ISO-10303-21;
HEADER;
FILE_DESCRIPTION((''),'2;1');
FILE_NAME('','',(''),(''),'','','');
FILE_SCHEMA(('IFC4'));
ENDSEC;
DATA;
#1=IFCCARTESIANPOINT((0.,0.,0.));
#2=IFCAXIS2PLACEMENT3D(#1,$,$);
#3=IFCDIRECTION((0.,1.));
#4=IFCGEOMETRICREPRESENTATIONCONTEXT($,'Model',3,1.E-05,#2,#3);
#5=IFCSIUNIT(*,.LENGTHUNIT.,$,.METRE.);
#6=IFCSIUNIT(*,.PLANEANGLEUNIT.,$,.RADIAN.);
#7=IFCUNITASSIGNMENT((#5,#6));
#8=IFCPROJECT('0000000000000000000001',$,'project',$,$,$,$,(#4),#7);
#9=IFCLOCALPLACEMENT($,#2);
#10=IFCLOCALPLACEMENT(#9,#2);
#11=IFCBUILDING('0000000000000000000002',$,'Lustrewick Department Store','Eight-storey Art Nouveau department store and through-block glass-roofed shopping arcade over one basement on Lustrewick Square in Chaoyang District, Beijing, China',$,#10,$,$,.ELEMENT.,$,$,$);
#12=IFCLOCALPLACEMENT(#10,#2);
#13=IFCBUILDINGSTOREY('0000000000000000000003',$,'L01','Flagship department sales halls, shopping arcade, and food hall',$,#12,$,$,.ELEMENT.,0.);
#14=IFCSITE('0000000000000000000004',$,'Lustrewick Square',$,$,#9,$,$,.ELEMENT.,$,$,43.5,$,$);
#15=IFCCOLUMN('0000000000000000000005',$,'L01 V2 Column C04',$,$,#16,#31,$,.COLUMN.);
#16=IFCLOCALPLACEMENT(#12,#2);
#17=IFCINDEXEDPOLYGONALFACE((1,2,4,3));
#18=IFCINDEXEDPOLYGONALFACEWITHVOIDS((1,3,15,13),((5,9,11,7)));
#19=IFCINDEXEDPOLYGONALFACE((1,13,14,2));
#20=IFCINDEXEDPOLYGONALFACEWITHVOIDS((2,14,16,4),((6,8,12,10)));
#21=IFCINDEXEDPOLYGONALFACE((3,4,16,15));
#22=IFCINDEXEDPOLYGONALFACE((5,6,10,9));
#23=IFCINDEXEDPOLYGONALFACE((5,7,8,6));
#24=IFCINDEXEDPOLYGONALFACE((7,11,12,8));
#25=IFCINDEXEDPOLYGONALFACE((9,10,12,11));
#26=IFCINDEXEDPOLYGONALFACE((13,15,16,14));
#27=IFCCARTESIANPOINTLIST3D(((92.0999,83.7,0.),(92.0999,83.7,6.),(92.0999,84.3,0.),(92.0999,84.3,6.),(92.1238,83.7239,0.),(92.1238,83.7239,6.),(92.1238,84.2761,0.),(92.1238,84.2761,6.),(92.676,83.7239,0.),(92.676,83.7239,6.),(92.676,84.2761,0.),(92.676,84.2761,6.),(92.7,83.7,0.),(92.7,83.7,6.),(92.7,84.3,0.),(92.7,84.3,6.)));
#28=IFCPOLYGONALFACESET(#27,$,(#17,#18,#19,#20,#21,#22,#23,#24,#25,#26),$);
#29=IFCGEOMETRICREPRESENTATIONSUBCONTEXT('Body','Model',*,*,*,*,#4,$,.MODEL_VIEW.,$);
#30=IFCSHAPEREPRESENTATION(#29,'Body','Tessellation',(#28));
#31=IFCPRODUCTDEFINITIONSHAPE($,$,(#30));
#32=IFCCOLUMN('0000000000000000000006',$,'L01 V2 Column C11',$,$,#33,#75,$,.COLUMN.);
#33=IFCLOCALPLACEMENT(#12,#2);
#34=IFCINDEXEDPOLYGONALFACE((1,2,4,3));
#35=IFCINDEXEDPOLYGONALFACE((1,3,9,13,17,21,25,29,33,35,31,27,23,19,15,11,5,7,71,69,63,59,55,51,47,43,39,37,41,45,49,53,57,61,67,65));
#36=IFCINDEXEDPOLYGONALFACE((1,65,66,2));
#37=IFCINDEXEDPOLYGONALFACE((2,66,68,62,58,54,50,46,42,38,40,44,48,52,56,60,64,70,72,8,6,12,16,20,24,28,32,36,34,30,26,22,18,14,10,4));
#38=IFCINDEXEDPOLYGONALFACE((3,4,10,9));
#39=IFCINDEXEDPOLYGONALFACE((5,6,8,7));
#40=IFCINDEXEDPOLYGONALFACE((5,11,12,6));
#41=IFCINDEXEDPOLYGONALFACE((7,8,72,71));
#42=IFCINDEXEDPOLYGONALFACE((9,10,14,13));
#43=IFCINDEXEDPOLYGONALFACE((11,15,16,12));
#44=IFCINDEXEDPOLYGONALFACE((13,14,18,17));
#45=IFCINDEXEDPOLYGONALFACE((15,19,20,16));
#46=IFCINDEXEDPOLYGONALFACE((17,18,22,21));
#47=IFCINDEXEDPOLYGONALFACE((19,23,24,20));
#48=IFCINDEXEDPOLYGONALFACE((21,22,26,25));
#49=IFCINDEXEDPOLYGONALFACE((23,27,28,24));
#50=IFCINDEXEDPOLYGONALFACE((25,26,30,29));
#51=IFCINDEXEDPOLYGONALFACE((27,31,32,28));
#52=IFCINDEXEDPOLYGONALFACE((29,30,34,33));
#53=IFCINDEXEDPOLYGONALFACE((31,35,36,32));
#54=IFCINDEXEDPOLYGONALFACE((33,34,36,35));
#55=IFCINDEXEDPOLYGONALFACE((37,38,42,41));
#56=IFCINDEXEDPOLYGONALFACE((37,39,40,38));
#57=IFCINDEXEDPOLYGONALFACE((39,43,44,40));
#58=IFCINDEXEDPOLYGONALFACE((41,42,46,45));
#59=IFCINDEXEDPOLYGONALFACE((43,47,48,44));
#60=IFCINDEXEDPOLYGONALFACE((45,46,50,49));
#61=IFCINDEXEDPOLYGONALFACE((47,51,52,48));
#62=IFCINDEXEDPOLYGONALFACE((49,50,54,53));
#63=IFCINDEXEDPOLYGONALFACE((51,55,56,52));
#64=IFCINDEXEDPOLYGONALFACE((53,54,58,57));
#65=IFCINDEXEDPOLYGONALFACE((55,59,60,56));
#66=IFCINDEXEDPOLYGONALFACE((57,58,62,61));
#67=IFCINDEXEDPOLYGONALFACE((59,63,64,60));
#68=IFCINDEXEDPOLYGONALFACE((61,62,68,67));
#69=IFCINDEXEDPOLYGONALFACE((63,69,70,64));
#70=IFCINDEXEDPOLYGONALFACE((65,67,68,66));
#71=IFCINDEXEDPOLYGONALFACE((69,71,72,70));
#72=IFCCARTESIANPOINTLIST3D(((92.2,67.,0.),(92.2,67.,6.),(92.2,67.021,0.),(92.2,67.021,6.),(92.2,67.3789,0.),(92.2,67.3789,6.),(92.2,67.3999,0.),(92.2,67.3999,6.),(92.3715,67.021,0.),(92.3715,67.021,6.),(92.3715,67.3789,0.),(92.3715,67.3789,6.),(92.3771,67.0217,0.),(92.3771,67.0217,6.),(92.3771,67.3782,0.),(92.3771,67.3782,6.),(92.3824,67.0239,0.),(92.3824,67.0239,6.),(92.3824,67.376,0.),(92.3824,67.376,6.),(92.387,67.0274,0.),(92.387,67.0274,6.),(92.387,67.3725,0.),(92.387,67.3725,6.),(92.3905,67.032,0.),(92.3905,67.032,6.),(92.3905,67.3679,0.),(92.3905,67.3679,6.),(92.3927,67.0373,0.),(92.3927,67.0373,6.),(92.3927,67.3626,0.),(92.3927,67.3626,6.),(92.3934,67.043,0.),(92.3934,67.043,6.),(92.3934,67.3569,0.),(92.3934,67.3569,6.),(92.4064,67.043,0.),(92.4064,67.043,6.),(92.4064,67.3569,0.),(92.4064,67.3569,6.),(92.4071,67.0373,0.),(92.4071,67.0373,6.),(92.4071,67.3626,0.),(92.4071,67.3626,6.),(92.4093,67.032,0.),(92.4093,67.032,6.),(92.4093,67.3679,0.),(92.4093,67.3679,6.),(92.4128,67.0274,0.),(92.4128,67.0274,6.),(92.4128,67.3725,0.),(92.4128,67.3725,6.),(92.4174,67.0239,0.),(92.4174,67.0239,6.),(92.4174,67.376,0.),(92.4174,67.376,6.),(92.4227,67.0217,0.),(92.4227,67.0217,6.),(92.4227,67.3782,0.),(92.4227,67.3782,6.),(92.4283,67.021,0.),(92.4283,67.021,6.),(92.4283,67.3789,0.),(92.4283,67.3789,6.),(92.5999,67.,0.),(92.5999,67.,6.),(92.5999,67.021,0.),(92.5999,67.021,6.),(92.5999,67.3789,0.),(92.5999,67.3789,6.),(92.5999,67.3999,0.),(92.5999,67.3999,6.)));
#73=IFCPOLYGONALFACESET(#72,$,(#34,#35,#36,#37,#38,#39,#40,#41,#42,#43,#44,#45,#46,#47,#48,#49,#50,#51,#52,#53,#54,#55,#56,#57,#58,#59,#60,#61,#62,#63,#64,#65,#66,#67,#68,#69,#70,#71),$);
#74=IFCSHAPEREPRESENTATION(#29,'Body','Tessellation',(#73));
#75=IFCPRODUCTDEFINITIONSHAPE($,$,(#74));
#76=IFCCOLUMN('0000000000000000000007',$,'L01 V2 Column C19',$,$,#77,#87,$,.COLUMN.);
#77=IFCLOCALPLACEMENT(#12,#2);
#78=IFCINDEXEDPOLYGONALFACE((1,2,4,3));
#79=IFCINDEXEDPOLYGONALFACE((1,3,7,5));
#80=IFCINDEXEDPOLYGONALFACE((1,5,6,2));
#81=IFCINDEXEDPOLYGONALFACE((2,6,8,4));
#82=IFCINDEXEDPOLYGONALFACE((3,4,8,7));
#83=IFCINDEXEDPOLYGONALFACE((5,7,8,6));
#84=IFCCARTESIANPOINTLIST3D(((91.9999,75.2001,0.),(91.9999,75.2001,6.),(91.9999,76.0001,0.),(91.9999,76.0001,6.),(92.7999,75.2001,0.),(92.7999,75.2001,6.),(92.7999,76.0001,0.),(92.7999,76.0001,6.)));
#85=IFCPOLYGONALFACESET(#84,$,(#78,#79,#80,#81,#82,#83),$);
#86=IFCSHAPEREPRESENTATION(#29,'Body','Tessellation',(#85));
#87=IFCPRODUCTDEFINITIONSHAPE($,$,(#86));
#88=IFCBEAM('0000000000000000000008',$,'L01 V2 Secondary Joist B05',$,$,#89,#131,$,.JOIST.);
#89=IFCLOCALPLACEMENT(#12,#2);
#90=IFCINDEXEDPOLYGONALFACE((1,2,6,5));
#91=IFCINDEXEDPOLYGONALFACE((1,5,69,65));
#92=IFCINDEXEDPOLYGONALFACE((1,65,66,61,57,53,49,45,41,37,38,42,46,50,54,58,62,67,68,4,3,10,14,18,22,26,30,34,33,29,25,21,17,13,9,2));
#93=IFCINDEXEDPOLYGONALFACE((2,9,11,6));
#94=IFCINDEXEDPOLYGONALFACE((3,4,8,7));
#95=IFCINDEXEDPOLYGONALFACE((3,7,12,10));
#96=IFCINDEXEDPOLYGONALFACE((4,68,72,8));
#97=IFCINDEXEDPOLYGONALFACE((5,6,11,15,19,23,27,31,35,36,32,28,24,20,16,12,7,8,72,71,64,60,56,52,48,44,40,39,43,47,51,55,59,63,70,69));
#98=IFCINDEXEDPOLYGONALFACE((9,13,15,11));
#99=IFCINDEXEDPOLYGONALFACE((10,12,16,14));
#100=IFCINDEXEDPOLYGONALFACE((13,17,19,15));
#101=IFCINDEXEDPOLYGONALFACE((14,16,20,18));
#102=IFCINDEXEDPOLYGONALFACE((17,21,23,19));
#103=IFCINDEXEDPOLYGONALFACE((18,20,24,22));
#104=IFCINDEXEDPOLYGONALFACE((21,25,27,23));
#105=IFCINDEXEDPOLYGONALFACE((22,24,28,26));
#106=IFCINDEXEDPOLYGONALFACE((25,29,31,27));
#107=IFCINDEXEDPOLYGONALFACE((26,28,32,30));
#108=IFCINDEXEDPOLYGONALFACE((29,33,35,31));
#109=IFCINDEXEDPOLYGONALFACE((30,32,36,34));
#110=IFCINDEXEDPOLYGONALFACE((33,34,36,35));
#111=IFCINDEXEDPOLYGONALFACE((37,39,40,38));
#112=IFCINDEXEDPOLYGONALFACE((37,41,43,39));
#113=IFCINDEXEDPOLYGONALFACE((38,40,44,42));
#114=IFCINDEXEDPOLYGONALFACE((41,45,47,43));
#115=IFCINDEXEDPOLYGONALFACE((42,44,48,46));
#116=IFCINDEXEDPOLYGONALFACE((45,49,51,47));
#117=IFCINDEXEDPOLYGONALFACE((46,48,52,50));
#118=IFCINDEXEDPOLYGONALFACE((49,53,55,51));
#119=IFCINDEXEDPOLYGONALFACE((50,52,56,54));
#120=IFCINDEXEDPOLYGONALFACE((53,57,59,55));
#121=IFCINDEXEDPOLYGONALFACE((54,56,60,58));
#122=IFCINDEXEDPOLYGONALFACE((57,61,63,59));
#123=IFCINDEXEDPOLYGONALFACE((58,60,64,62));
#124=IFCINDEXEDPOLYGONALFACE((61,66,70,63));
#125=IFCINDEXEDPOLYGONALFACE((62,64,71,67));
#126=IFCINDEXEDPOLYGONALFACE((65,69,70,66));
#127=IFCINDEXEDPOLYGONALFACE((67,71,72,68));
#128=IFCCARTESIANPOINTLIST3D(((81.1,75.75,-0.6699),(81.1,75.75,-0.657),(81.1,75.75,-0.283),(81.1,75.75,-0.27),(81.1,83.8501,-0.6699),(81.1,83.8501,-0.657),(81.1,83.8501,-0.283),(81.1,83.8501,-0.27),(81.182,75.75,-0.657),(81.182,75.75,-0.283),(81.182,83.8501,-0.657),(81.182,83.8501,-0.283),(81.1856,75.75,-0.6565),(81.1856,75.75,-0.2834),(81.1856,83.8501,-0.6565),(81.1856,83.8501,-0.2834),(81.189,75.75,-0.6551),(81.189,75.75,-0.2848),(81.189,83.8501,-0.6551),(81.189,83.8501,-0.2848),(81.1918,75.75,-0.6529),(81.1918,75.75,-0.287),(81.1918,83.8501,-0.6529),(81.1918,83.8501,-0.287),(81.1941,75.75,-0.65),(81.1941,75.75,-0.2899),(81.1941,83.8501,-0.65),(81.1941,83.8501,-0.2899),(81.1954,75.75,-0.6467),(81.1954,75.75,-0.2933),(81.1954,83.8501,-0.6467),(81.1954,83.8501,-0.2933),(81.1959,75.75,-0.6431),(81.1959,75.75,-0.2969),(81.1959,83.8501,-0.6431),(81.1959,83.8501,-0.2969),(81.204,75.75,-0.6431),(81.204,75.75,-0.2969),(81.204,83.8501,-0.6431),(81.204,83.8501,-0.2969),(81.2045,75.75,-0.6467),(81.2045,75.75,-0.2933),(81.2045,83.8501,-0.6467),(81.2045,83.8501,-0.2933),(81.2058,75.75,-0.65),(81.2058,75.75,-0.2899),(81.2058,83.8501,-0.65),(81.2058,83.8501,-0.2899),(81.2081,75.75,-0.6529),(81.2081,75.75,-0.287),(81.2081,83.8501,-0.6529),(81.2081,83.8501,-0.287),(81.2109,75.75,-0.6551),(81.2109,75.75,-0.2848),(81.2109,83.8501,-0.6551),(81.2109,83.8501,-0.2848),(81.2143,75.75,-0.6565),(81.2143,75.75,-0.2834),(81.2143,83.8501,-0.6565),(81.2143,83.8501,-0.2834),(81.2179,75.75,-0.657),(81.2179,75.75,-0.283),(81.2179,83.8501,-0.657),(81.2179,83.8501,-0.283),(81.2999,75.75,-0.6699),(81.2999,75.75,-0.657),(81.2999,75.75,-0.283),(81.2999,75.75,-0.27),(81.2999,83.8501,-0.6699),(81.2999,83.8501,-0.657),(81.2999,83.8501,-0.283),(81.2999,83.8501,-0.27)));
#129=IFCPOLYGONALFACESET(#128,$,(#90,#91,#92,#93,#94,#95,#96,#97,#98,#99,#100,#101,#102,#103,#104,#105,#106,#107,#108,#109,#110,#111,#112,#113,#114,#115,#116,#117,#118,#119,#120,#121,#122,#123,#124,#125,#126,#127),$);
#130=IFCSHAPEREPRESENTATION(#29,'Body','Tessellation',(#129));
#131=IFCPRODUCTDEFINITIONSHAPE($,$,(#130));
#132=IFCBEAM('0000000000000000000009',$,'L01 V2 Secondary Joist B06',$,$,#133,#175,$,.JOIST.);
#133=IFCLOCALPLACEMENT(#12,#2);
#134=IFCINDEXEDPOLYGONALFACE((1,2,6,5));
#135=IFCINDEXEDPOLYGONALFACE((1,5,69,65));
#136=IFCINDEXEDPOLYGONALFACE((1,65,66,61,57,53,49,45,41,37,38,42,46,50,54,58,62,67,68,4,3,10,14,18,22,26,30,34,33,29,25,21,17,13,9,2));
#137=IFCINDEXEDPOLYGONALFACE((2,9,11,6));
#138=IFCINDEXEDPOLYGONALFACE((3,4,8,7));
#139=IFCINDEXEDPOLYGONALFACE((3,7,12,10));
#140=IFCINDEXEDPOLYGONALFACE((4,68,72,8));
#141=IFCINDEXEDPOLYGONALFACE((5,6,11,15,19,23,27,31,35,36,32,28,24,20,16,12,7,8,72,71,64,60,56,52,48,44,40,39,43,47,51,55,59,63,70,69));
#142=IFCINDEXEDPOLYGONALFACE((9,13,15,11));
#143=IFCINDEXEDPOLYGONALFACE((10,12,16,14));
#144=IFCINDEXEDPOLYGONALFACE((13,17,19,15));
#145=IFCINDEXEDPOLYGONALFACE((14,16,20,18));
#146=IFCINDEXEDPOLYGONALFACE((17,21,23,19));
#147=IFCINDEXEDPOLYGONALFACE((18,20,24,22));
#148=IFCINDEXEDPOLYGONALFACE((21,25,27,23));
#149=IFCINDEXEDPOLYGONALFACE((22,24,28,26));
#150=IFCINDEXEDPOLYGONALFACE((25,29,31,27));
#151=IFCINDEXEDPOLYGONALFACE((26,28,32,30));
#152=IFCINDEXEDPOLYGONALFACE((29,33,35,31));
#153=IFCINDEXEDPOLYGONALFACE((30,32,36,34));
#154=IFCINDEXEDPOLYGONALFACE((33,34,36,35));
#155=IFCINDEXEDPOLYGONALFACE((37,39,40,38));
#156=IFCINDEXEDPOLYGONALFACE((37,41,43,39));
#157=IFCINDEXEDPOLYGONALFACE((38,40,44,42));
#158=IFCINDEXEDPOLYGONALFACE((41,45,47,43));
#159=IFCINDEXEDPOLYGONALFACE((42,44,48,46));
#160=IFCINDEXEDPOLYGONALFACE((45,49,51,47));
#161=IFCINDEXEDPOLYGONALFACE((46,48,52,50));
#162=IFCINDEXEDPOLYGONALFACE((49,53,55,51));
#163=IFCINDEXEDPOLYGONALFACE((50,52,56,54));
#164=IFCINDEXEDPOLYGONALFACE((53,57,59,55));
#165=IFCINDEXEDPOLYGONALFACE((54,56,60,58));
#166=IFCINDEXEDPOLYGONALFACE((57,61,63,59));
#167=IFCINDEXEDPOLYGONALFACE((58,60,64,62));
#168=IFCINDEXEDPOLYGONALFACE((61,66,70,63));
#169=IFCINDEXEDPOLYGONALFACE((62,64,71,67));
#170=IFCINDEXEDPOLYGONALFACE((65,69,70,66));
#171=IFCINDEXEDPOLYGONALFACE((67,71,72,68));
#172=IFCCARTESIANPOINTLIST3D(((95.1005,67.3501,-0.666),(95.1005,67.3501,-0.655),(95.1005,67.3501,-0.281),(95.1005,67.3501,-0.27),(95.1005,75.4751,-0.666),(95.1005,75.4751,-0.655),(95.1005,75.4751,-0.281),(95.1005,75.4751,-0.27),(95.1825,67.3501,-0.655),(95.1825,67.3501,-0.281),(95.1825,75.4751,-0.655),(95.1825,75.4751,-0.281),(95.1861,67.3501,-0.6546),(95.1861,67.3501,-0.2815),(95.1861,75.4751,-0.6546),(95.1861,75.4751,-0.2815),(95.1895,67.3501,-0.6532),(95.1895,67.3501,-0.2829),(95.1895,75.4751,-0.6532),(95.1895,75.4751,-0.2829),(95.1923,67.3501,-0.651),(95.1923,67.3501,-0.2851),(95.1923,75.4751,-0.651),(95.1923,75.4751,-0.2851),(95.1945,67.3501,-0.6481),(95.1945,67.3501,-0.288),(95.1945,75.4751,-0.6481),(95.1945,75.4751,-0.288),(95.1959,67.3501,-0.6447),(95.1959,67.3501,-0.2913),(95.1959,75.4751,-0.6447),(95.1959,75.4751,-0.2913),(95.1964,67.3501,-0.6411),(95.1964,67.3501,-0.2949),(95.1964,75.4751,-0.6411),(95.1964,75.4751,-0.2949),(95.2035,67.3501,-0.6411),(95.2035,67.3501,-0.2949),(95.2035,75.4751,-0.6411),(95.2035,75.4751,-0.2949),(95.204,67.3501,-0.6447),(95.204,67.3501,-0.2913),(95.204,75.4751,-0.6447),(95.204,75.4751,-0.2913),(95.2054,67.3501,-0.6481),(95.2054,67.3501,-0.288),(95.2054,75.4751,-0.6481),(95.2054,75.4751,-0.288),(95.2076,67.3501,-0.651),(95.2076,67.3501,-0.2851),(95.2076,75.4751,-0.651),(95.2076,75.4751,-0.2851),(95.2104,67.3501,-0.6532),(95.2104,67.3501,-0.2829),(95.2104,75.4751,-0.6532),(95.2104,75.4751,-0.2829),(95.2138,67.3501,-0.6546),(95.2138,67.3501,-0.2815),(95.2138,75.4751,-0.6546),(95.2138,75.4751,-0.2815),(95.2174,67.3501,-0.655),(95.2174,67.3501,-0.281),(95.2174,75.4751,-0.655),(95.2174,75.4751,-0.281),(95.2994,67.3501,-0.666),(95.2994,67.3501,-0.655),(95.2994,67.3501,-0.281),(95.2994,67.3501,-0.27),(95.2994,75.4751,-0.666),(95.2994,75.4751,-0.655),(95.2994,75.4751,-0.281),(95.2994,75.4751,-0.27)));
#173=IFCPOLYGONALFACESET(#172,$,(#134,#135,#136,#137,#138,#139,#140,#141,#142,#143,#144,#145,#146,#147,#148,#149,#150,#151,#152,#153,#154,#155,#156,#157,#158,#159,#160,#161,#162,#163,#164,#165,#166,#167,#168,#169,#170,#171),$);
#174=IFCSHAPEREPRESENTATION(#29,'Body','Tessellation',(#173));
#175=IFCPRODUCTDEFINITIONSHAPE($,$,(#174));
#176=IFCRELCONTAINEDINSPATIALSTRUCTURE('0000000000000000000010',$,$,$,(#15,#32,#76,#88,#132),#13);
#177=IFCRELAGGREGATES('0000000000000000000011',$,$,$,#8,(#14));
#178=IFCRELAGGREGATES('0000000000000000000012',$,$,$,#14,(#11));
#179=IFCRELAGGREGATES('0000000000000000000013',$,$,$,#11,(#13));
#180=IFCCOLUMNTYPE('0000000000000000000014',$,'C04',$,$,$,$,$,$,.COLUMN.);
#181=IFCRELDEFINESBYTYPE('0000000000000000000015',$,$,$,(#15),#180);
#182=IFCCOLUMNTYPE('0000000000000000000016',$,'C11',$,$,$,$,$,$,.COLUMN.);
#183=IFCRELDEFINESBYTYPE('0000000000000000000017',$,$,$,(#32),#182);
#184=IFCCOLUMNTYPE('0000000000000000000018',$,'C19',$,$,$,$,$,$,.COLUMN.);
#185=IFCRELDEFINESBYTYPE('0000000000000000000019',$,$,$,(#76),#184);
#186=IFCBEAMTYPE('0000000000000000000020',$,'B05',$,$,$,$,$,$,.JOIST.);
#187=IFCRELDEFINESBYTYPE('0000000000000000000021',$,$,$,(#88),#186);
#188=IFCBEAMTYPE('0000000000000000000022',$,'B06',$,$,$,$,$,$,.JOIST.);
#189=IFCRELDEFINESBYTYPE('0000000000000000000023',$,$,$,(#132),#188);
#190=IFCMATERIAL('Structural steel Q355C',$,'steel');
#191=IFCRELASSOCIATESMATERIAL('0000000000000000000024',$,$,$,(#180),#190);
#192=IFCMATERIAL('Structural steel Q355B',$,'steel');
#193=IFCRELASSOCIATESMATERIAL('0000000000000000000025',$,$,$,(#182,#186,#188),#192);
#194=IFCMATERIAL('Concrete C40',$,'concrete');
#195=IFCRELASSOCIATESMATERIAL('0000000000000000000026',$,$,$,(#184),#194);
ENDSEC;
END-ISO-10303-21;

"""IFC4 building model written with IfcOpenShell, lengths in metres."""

from ifc_helpers import new_model, si_unit, direction, frame, origin, origin_2d, place, context, subcontext, project, spatial, rectangle, hollow_rectangle, i_section, extrude, material, material_profile, profile_set, type_object, element, save


model = new_model("IFC4")

# Units and contexts
model_context = context("Model", 3, precision=1e-05, world=origin(), true_north=direction((0.0, 1.0)))
body_context = subcontext(model_context, "Body", "Model", "MODEL_VIEW")
ifc_project = project(units=[si_unit("LENGTHUNIT", "METRE"), si_unit("PLANEANGLEUNIT", "RADIAN")], contexts=[model_context])

# Site, building, storey
site_placement = place(None, origin())
site = spatial("IfcSite", under=ifc_project, at=site_placement, Name="Lustrewick Square", CompositionType="ELEMENT", RefElevation=43.5)
building_placement = place(site_placement, origin())
building = spatial("IfcBuilding", under=site, at=building_placement, Name="Lustrewick Department Store", Description="Eight-storey Art Nouveau department store and through-block glass-roofed shopping arcade over one basement on Lustrewick Square in Chaoyang District, Beijing, China", CompositionType="ELEMENT")
storey_placement = place(building_placement, origin())
storey = spatial("IfcBuildingStorey", under=building, at=storey_placement, Name="L01", Description="Flagship department sales halls, shopping arcade, and food hall", CompositionType="ELEMENT", Elevation=0.0)

# Columns
ifc_material_1 = material(Name="Structural steel Q355C", Category="steel")
ifc_material_profile_1 = material_profile(ifc_material_1, hollow_rectangle(XDim=0.6001, YDim=0.6001, WallThickness=0.0239, at=origin_2d()), Name="BOX 600x600x24")
ifc_profile_set_1 = profile_set([ifc_material_profile_1], Name="Structural steel Q355C")
column_type_1 = type_object("IfcColumnType", Name="C04", PredefinedType="COLUMN", material=ifc_profile_set_1)
column_1_placement = place(storey_placement, frame((92.3999, 84.0, 0.0), z_axis=(0.0, 0.0, 1.0), x_axis=(1.0, 0.0, 0.0)))
element("IfcColumn", 1, at=column_1_placement, inside=storey, type_object=column_type_1, Name="L01 V2 Column C04", PredefinedType="COLUMN", context=body_context, shape_type="SweptSolid", body=[
    extrude(hollow_rectangle(XDim=0.6001, YDim=0.6001, WallThickness=0.0239, at=origin_2d()), origin(), (0.0, 0.0, 1.0), 6.0),
])
ifc_material_2 = material(Name="Structural steel Q355B", Category="steel")
ifc_material_profile_2 = material_profile(ifc_material_2, i_section(OverallWidth=0.3999, OverallDepth=0.3999, WebThickness=0.0129, FlangeThickness=0.021, FilletRadius=0.022, at=origin_2d()), Name="HW 400x400x13x21")
ifc_profile_set_2 = profile_set([ifc_material_profile_2], Name="Structural steel Q355B")
column_type_2 = type_object("IfcColumnType", Name="C11", PredefinedType="COLUMN", material=ifc_profile_set_2)
column_2_placement = place(storey_placement, frame((92.3999, 67.2, 0.0), z_axis=(0.0, 0.0, 1.0), x_axis=(1.0, 0.0, 0.0)))
element("IfcColumn", 2, at=column_2_placement, inside=storey, type_object=column_type_2, Name="L01 V2 Column C11", PredefinedType="COLUMN", context=body_context, shape_type="SweptSolid", body=[
    extrude(i_section(OverallWidth=0.3999, OverallDepth=0.3999, WebThickness=0.0129, FlangeThickness=0.021, FilletRadius=0.022, at=origin_2d()), origin(), (0.0, 0.0, 1.0), 6.0),
])
ifc_material_3 = material(Name="Concrete C40", Category="concrete")
ifc_material_profile_3 = material_profile(ifc_material_3, rectangle(XDim=0.8, YDim=0.8, at=origin_2d()), Name="RC 800x800")
ifc_profile_set_3 = profile_set([ifc_material_profile_3], Name="Concrete C40")
column_type_3 = type_object("IfcColumnType", Name="C19", PredefinedType="COLUMN", material=ifc_profile_set_3)
column_3_placement = place(storey_placement, frame((92.3999, 75.6001, 0.0), z_axis=(0.0, 0.0, 1.0), x_axis=(1.0, 0.0, 0.0)))
element("IfcColumn", 3, at=column_3_placement, inside=storey, type_object=column_type_3, Name="L01 V2 Column C19", PredefinedType="COLUMN", context=body_context, shape_type="SweptSolid", body=[
    extrude(rectangle(XDim=0.8, YDim=0.8, at=origin_2d()), origin(), (0.0, 0.0, 1.0), 6.0),
])

# Beams
ifc_material_profile_4 = material_profile(ifc_material_2, i_section(OverallWidth=0.2, OverallDepth=0.3999, WebThickness=0.0081, FlangeThickness=0.0129, FilletRadius=0.0139, at=origin_2d()), Name="HN 400x200x8x13")
ifc_profile_set_4 = profile_set([ifc_material_profile_4], Name="Structural steel Q355B")
beam_type_1 = type_object("IfcBeamType", Name="B05", PredefinedType="JOIST", material=ifc_profile_set_4)
beam_1_placement = place(storey_placement, frame((81.2, 75.75, -0.47), z_axis=(0.0, 1.0, 0.0), x_axis=(-1.0, 0.0, 0.0)))
element("IfcBeam", 4, at=beam_1_placement, inside=storey, type_object=beam_type_1, Name="L01 V2 Secondary Joist B05", PredefinedType="JOIST", context=body_context, shape_type="SweptSolid", body=[
    extrude(i_section(OverallWidth=0.2, OverallDepth=0.3999, WebThickness=0.0081, FlangeThickness=0.0129, FilletRadius=0.0139, at=origin_2d()), origin(), (0.0, 0.0, 1.0), 8.1001),
])
ifc_material_profile_5 = material_profile(ifc_material_2, i_section(OverallWidth=0.199, OverallDepth=0.396, WebThickness=0.0071, FlangeThickness=0.011, FilletRadius=0.0139, at=origin_2d()), Name="HN 396x199x7x11")
ifc_profile_set_5 = profile_set([ifc_material_profile_5], Name="Structural steel Q355B")
beam_type_2 = type_object("IfcBeamType", Name="B06", PredefinedType="JOIST", material=ifc_profile_set_5)
beam_2_placement = place(storey_placement, frame((95.2, 67.3501, -0.468), z_axis=(0.0, 1.0, 0.0), x_axis=(-1.0, 0.0, 0.0)))
element("IfcBeam", 5, at=beam_2_placement, inside=storey, type_object=beam_type_2, Name="L01 V2 Secondary Joist B06", PredefinedType="JOIST", context=body_context, shape_type="SweptSolid", body=[
    extrude(i_section(OverallWidth=0.199, OverallDepth=0.396, WebThickness=0.0071, FlangeThickness=0.011, FilletRadius=0.0139, at=origin_2d()), origin(), (0.0, 0.0, 1.0), 8.125),
])

save(model, "model.ifc")
